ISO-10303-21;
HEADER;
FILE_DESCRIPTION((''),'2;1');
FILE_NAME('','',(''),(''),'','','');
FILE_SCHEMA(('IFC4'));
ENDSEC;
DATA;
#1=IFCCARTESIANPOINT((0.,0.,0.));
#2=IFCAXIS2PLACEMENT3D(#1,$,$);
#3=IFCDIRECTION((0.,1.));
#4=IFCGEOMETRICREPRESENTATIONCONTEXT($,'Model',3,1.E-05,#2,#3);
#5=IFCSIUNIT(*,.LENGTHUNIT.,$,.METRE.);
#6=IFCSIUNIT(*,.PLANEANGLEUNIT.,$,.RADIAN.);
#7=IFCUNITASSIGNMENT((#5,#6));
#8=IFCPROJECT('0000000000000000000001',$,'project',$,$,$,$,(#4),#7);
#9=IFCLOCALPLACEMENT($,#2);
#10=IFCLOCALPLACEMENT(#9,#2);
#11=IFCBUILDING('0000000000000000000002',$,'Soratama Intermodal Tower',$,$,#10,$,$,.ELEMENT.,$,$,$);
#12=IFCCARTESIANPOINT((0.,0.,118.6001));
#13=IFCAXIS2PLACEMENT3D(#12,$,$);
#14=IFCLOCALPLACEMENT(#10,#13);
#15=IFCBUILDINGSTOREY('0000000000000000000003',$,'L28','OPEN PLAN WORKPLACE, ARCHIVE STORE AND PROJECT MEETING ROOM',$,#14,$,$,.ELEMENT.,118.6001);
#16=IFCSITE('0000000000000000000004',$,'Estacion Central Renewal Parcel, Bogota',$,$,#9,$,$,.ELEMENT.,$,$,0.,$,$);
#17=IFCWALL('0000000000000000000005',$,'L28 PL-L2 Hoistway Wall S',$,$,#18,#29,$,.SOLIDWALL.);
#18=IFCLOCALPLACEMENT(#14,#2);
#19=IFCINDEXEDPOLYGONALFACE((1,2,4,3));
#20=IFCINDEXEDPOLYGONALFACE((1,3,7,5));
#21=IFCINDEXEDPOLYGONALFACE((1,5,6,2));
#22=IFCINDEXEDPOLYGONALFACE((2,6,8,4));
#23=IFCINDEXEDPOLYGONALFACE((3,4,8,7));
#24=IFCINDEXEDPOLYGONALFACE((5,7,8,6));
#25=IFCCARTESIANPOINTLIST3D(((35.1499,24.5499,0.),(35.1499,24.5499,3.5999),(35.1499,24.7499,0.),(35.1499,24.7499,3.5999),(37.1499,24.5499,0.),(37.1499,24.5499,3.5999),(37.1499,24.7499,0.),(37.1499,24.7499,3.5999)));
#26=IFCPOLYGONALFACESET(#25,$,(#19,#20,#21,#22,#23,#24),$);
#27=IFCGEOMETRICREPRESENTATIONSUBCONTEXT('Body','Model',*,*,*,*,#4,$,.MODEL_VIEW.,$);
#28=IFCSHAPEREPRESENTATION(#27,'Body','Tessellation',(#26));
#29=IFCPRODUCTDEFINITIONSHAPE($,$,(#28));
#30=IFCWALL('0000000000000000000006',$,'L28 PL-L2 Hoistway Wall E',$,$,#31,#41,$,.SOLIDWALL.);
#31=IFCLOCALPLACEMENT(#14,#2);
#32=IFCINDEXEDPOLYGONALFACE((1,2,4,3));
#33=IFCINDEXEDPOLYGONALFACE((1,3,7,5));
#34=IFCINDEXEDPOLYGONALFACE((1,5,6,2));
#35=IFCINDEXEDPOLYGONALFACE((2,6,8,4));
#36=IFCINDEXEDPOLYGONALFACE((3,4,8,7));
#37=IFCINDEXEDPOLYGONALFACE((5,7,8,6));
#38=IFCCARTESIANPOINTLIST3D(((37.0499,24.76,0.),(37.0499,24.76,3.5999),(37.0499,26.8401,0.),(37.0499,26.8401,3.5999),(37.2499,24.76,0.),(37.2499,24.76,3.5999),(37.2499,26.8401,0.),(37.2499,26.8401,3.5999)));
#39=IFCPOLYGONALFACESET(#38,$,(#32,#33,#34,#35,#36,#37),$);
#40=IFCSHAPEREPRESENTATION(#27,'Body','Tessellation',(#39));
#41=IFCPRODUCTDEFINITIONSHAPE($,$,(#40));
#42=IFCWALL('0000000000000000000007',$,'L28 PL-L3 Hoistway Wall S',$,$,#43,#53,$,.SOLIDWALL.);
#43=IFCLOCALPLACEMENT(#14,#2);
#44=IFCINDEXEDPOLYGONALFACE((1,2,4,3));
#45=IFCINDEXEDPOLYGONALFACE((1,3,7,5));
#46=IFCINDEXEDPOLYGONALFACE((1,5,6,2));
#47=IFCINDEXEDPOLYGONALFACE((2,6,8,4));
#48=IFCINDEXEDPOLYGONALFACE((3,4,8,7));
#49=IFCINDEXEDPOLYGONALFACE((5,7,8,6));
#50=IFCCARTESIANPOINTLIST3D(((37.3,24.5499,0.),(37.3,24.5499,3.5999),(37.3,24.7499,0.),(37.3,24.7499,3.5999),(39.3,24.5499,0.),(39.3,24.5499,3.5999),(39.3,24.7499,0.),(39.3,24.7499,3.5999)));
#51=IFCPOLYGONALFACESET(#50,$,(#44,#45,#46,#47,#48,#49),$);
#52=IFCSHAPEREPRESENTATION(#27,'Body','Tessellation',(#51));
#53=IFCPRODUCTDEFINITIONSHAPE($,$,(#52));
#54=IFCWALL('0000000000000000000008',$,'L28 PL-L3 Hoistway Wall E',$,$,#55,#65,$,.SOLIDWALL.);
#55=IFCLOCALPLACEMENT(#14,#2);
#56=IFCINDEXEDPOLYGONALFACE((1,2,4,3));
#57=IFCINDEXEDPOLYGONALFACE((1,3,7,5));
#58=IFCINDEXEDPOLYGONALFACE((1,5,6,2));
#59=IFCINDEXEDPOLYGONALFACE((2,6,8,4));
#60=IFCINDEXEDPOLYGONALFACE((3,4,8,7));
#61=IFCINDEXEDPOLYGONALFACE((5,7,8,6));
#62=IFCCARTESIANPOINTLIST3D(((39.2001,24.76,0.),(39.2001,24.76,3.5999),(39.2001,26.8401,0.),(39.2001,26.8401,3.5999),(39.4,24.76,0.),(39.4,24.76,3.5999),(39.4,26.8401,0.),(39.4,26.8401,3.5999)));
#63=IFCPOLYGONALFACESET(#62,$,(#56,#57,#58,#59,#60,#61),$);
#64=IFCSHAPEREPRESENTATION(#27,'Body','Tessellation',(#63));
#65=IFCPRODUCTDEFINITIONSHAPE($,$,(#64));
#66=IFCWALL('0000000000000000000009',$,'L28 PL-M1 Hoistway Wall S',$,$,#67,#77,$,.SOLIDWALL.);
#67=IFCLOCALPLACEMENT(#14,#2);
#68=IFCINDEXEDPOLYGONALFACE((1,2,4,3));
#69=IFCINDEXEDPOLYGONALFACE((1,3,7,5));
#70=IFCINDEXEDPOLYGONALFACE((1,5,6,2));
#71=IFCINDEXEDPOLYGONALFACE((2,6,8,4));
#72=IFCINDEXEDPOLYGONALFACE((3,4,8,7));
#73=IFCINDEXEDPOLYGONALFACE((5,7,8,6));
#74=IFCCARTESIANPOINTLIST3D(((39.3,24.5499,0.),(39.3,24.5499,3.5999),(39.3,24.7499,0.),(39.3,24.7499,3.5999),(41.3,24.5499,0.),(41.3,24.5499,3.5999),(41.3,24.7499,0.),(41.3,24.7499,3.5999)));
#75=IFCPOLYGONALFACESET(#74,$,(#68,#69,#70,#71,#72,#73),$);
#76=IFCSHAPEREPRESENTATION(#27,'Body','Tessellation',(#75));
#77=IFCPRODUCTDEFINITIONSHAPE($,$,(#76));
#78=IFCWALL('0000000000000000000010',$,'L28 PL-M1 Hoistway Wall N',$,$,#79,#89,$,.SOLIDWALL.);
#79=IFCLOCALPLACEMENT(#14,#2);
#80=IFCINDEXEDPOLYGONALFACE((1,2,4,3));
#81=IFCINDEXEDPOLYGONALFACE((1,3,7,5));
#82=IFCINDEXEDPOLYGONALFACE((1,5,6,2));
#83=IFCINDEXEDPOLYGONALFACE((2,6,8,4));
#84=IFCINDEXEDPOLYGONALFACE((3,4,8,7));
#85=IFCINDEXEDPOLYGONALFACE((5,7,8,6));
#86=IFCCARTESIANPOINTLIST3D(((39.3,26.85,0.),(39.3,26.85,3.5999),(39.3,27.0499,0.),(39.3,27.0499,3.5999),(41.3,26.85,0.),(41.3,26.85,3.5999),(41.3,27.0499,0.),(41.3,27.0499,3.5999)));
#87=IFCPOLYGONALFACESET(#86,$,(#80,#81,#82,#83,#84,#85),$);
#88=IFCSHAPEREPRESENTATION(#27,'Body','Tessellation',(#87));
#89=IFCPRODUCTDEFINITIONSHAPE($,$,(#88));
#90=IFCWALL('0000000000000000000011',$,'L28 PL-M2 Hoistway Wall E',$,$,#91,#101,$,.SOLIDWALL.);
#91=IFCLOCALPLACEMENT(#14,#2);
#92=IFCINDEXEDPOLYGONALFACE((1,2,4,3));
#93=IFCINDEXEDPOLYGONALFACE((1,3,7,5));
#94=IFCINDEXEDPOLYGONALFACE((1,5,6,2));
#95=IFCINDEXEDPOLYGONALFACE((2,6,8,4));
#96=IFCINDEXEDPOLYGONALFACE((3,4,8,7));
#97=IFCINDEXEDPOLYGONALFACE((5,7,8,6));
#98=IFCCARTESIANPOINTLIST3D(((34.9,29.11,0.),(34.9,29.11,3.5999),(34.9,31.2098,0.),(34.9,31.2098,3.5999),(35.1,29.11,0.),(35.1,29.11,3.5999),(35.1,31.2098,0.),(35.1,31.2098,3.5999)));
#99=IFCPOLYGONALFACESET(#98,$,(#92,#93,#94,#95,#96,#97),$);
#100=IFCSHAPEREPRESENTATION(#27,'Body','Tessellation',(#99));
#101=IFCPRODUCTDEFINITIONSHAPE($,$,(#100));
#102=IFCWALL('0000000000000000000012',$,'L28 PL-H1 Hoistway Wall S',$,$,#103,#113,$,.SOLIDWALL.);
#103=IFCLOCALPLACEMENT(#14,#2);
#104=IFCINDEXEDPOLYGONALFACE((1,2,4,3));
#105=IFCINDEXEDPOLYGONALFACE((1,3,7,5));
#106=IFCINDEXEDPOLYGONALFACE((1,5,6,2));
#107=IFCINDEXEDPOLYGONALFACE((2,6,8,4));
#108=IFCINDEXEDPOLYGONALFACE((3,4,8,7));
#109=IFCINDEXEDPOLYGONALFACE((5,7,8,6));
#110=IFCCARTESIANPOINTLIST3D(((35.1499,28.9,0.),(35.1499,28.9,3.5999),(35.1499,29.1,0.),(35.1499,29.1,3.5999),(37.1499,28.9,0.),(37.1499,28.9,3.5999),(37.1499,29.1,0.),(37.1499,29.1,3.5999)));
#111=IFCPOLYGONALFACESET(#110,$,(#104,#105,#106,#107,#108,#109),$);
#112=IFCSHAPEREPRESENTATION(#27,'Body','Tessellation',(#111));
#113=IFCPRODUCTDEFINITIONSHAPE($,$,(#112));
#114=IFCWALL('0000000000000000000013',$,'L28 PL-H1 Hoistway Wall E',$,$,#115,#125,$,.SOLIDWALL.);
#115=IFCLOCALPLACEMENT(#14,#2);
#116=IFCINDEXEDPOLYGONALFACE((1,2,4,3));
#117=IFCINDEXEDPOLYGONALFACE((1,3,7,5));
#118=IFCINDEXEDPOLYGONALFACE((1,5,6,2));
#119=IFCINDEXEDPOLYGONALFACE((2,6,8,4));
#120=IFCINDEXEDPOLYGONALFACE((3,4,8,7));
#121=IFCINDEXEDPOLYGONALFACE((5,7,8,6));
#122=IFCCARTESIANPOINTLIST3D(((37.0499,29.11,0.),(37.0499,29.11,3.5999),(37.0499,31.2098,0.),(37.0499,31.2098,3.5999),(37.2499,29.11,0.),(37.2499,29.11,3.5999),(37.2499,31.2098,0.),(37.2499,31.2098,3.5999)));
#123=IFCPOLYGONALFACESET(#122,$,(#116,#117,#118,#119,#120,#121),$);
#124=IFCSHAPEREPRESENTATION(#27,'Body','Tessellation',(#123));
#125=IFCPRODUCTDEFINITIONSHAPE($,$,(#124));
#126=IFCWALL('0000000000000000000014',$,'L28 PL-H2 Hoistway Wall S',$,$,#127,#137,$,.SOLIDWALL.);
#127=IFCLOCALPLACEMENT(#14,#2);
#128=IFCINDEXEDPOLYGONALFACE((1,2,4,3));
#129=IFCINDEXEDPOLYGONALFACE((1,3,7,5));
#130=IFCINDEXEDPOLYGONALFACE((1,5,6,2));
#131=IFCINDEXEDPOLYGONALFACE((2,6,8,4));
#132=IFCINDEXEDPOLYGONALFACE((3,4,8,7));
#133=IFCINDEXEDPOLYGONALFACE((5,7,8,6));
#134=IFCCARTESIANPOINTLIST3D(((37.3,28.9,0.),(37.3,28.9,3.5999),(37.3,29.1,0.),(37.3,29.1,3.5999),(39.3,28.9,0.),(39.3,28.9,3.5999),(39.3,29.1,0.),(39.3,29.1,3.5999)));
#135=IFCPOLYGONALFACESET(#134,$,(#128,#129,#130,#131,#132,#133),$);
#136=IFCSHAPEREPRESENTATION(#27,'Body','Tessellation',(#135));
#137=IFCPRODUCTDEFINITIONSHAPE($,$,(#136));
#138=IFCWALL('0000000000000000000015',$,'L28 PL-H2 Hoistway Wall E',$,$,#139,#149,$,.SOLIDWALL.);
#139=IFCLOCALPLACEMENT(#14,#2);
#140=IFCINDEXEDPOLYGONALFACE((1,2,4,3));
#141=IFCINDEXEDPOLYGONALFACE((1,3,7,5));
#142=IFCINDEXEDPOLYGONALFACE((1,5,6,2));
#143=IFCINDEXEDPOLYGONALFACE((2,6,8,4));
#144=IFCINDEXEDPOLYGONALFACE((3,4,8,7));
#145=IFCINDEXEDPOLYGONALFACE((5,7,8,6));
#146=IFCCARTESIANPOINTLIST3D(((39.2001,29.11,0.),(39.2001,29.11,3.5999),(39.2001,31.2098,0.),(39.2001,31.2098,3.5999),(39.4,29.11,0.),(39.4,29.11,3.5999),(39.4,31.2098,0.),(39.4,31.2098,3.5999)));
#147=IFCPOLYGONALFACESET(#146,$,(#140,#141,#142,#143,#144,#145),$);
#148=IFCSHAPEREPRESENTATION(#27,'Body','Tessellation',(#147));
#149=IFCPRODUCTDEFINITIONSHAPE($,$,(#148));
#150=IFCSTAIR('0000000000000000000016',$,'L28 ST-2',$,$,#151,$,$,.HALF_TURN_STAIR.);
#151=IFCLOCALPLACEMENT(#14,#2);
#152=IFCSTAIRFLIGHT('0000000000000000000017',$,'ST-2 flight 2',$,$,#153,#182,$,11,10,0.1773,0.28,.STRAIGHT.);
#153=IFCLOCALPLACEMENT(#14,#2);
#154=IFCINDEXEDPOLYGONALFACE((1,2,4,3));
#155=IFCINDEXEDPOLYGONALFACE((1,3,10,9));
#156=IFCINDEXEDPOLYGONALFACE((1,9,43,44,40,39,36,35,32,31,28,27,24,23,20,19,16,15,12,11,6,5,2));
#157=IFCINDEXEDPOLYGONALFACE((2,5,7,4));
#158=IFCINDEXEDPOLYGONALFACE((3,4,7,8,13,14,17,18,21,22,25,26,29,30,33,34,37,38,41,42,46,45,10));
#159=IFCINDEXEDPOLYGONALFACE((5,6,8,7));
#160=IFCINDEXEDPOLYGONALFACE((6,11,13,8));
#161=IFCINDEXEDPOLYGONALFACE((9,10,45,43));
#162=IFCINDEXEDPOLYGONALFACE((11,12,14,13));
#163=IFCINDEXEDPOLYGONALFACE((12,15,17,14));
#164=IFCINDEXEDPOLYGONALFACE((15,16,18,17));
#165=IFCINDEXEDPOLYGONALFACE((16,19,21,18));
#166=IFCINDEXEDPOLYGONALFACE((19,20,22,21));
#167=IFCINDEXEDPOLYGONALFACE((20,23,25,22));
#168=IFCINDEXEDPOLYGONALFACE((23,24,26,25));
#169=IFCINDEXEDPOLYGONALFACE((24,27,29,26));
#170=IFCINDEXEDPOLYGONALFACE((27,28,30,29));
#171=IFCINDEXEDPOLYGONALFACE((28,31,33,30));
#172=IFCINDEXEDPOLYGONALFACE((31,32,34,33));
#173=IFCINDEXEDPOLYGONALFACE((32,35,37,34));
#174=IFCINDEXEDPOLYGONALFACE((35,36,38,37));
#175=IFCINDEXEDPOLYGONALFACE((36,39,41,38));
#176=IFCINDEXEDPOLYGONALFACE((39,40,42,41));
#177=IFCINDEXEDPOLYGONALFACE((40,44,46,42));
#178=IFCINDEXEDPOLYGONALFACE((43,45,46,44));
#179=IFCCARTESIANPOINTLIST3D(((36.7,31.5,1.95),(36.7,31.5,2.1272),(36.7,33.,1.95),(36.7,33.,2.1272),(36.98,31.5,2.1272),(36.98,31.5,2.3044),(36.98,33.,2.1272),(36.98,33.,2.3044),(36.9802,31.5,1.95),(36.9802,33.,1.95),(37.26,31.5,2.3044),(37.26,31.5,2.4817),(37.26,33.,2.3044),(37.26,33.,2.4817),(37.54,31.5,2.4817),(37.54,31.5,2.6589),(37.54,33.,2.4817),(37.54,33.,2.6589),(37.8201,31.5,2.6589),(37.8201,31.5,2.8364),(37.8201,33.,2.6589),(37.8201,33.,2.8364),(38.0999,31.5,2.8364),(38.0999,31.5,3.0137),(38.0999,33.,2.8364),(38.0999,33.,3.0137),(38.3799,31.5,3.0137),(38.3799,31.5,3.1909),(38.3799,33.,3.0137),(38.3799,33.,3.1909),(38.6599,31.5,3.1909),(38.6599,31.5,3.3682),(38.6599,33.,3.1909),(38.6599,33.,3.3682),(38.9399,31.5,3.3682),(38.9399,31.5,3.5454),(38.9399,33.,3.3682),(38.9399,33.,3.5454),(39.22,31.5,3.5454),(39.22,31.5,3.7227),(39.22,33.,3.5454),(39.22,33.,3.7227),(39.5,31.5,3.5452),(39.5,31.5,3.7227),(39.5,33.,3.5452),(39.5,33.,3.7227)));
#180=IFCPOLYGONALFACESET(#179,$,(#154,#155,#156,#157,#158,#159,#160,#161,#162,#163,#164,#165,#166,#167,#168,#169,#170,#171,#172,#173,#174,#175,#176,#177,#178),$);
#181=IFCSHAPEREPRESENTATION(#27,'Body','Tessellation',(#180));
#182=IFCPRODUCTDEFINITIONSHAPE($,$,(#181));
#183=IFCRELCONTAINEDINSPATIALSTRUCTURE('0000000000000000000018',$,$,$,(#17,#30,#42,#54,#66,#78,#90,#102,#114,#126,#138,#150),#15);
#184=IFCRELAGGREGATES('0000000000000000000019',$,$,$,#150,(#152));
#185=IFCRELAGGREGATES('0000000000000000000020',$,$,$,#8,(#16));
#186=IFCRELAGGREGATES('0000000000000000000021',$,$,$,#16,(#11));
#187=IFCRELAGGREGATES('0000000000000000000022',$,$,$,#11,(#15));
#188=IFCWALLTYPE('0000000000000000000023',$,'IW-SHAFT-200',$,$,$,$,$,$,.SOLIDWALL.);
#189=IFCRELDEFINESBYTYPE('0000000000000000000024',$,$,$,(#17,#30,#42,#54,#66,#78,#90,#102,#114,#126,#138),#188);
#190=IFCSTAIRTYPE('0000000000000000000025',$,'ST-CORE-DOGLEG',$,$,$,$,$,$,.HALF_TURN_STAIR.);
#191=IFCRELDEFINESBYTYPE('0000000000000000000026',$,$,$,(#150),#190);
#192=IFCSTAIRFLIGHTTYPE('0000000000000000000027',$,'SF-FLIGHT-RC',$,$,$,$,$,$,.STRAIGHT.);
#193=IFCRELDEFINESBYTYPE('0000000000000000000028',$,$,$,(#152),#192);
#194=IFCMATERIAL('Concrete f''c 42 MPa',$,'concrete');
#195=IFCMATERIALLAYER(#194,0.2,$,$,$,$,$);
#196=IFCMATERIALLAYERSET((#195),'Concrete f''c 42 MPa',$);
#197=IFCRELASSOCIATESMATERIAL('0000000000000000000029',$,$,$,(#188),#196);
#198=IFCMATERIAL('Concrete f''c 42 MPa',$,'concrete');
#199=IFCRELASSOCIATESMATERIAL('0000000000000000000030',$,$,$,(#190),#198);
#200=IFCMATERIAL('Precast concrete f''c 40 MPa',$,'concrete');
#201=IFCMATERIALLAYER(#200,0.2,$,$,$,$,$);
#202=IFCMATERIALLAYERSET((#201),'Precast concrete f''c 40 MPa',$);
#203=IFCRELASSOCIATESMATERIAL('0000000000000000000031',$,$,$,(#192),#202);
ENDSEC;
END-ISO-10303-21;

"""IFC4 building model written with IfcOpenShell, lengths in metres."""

from ifc_helpers import new_model, si_unit, direction, frame, frame_2d, origin, place, context, subcontext, project, spatial, polyline, rectangle, outline, extrude, material, layer, layer_set, type_object, element, aggregate, save


model = new_model("IFC4")

# Units and contexts
model_context = context("Model", 3, precision=1e-05, world=origin(), true_north=direction((0.0, 1.0)))
body_context = subcontext(model_context, "Body", "Model", "MODEL_VIEW")
ifc_project = project(units=[si_unit("LENGTHUNIT", "METRE"), si_unit("PLANEANGLEUNIT", "RADIAN")], contexts=[model_context])

# Site, building, storey
site_placement = place(None, origin())
site = spatial("IfcSite", under=ifc_project, at=site_placement, Name="Estacion Central Renewal Parcel, Bogota", CompositionType="ELEMENT", RefElevation=0.0)
building_placement = place(site_placement, origin())
building = spatial("IfcBuilding", under=site, at=building_placement, Name="Soratama Intermodal Tower", CompositionType="ELEMENT")
storey_placement = place(building_placement, frame((0.0, 0.0, 118.6001)))
storey = spatial("IfcBuildingStorey", under=building, at=storey_placement, Name="L28", Description="OPEN PLAN WORKPLACE, ARCHIVE STORE AND PROJECT MEETING ROOM", CompositionType="ELEMENT", Elevation=118.6001)

# Wall
ifc_material_1 = material(Name="Concrete f'c 42 MPa", Category="concrete")
ifc_layer_1 = layer(ifc_material_1, 0.2)
ifc_layer_set_1 = layer_set([ifc_layer_1], Name="Concrete f'c 42 MPa")
wall_type = type_object("IfcWallType", Name="IW-SHAFT-200", PredefinedType="SOLIDWALL", material=ifc_layer_set_1)
wall_1_placement = place(storey_placement, frame((35.1499, 24.6499, 0.0), z_axis=(0.0, 0.0, 1.0), x_axis=(1.0, 0.0, 0.0)))
element("IfcWall", 1, at=wall_1_placement, inside=storey, type_object=wall_type, Name="L28 PL-L2 Hoistway Wall S", PredefinedType="SOLIDWALL", context=body_context, shape_type="SweptSolid", body=[
    extrude(rectangle(XDim=2.0, YDim=0.2, at=frame_2d((1.0, 0.0))), origin(), (0.0, 0.0, 1.0), 3.5999),
])

# Walls
wall_2_placement = place(storey_placement, frame((37.1499, 24.76, 0.0), z_axis=(0.0, 0.0, 1.0), x_axis=(0.0, 1.0, 0.0)))
element("IfcWall", 2, at=wall_2_placement, inside=storey, type_object=wall_type, Name="L28 PL-L2 Hoistway Wall E", PredefinedType="SOLIDWALL", context=body_context, shape_type="SweptSolid", body=[
    extrude(rectangle(XDim=2.0801, YDim=0.2, at=frame_2d((1.04, 0.0))), origin(), (0.0, 0.0, 1.0), 3.5999),
])
wall_3_placement = place(storey_placement, frame((37.3, 24.6499, 0.0), z_axis=(0.0, 0.0, 1.0), x_axis=(1.0, 0.0, 0.0)))
element("IfcWall", 3, at=wall_3_placement, inside=storey, type_object=wall_type, Name="L28 PL-L3 Hoistway Wall S", PredefinedType="SOLIDWALL", context=body_context, shape_type="SweptSolid", body=[
    extrude(rectangle(XDim=2.0, YDim=0.2, at=frame_2d((1.0, 0.0))), origin(), (0.0, 0.0, 1.0), 3.5999),
])

# Walls
wall_4_placement = place(storey_placement, frame((39.3, 24.76, 0.0), z_axis=(0.0, 0.0, 1.0), x_axis=(0.0, 1.0, 0.0)))
element("IfcWall", 4, at=wall_4_placement, inside=storey, type_object=wall_type, Name="L28 PL-L3 Hoistway Wall E", PredefinedType="SOLIDWALL", context=body_context, shape_type="SweptSolid", body=[
    extrude(rectangle(XDim=2.0801, YDim=0.2, at=frame_2d((1.04, 0.0))), origin(), (0.0, 0.0, 1.0), 3.5999),
])
for number, where, z_axis, x_axis, name in (
    (5, (39.3, 24.6499, 0.0), (0.0, 0.0, 1.0), (1.0, 0.0, 0.0), "L28 PL-M1 Hoistway Wall S"),
    (6, (39.3, 26.95, 0.0), (0.0, 0.0, 1.0), (1.0, 0.0, 0.0), "L28 PL-M1 Hoistway Wall N"),
):
    element("IfcWall", number, at=place(storey_placement, frame(where, z_axis=z_axis, x_axis=x_axis)), inside=storey, type_object=wall_type, Name=name, PredefinedType="SOLIDWALL", context=body_context, shape_type="SweptSolid", body=[
        extrude(rectangle(XDim=2.0, YDim=0.2, at=frame_2d((1.0, 0.0))), origin(), (0.0, 0.0, 1.0), 3.5999),
    ])
wall_5_placement = place(storey_placement, frame((35.0, 29.1101, 0.0), z_axis=(0.0, 0.0, 1.0), x_axis=(0.0, 1.0, 0.0)))
element("IfcWall", 7, at=wall_5_placement, inside=storey, type_object=wall_type, Name="L28 PL-M2 Hoistway Wall E", PredefinedType="SOLIDWALL", context=body_context, shape_type="SweptSolid", body=[
    extrude(rectangle(XDim=2.0999, YDim=0.2, at=frame_2d((1.0498, 0.0))), origin(), (0.0, 0.0, 1.0), 3.5999),
])
wall_6_placement = place(storey_placement, frame((35.1499, 29.0, 0.0), z_axis=(0.0, 0.0, 1.0), x_axis=(1.0, 0.0, 0.0)))
element("IfcWall", 8, at=wall_6_placement, inside=storey, type_object=wall_type, Name="L28 PL-H1 Hoistway Wall S", PredefinedType="SOLIDWALL", context=body_context, shape_type="SweptSolid", body=[
    extrude(rectangle(XDim=2.0, YDim=0.2, at=frame_2d((1.0, 0.0))), origin(), (0.0, 0.0, 1.0), 3.5999),
])
wall_7_placement = place(storey_placement, frame((37.1499, 29.1101, 0.0), z_axis=(0.0, 0.0, 1.0), x_axis=(0.0, 1.0, 0.0)))
element("IfcWall", 9, at=wall_7_placement, inside=storey, type_object=wall_type, Name="L28 PL-H1 Hoistway Wall E", PredefinedType="SOLIDWALL", context=body_context, shape_type="SweptSolid", body=[
    extrude(rectangle(XDim=2.0999, YDim=0.2, at=frame_2d((1.0498, 0.0))), origin(), (0.0, 0.0, 1.0), 3.5999),
])
wall_8_placement = place(storey_placement, frame((37.3, 29.0, 0.0), z_axis=(0.0, 0.0, 1.0), x_axis=(1.0, 0.0, 0.0)))
element("IfcWall", 10, at=wall_8_placement, inside=storey, type_object=wall_type, Name="L28 PL-H2 Hoistway Wall S", PredefinedType="SOLIDWALL", context=body_context, shape_type="SweptSolid", body=[
    extrude(rectangle(XDim=2.0, YDim=0.2, at=frame_2d((1.0, 0.0))), origin(), (0.0, 0.0, 1.0), 3.5999),
])
wall_9_placement = place(storey_placement, frame((39.3, 29.1101, 0.0), z_axis=(0.0, 0.0, 1.0), x_axis=(0.0, 1.0, 0.0)))
element("IfcWall", 11, at=wall_9_placement, inside=storey, type_object=wall_type, Name="L28 PL-H2 Hoistway Wall E", PredefinedType="SOLIDWALL", context=body_context, shape_type="SweptSolid", body=[
    extrude(rectangle(XDim=2.0999, YDim=0.2, at=frame_2d((1.0498, 0.0))), origin(), (0.0, 0.0, 1.0), 3.5999),
])

# Stair, stair flight
ifc_material_2 = material(Name="Concrete f'c 42 MPa", Category="concrete")
stair_type = type_object("IfcStairType", Name="ST-CORE-DOGLEG", PredefinedType="HALF_TURN_STAIR", material=ifc_material_2)
stair_placement = place(storey_placement, origin())
stair = element("IfcStair", 12, at=stair_placement, inside=storey, type_object=stair_type, Name="L28 ST-2", PredefinedType="HALF_TURN_STAIR")
ifc_material_3 = material(Name="Precast concrete f'c 40 MPa", Category="concrete")
ifc_layer_2 = layer(ifc_material_3, 0.2)
ifc_layer_set_2 = layer_set([ifc_layer_2], Name="Precast concrete f'c 40 MPa")
stair_flight_type = type_object("IfcStairFlightType", Name="SF-FLIGHT-RC", PredefinedType="STRAIGHT", material=ifc_layer_set_2)
stair_flight_placement = place(storey_placement, frame((36.7, 32.25, 1.95), z_axis=(0.0, 0.0, 1.0), x_axis=(1.0, 0.0, 0.0)))
stair_flight = element("IfcStairFlight", 13, at=stair_flight_placement, type_object=stair_flight_type, Name="ST-2 flight 2", NumberOfRisers=11, NumberOfTreads=10, PredefinedType="STRAIGHT", RiserHeight=0.1773, TreadLength=0.28, context=body_context, shape_type="SweptSolid", body=[
    extrude(outline(polyline([(0.0, 0.0), (0.0, 0.1772), (0.28, 0.1772), (0.28, 0.3545), (0.5601, 0.3545), (0.5601, 0.5317), (0.8401, 0.5317), (0.8401, 0.709), (1.1201, 0.709), (1.1201, 0.8865), (1.3999, 0.8865), (1.3999, 1.0637), (1.6799, 1.0637), (1.6799, 1.241), (1.96, 1.241), (1.96, 1.4182), (2.24, 1.4182), (2.24, 1.5955), (2.52, 1.5955), (2.52, 1.7727), (2.8, 1.7727), (2.8, 1.95), (2.8, 1.5952), (0.2803, 0.0), (0.0, 0.0)])), frame((0.0, 0.75, 0.0), z_axis=(0.0, -1.0, 0.0), x_axis=(1.0, 0.0, 0.0)), (0.0, 0.0, 1.0), 1.5),
])
aggregate(stair, [stair_flight])

save(model, "model.ifc")
